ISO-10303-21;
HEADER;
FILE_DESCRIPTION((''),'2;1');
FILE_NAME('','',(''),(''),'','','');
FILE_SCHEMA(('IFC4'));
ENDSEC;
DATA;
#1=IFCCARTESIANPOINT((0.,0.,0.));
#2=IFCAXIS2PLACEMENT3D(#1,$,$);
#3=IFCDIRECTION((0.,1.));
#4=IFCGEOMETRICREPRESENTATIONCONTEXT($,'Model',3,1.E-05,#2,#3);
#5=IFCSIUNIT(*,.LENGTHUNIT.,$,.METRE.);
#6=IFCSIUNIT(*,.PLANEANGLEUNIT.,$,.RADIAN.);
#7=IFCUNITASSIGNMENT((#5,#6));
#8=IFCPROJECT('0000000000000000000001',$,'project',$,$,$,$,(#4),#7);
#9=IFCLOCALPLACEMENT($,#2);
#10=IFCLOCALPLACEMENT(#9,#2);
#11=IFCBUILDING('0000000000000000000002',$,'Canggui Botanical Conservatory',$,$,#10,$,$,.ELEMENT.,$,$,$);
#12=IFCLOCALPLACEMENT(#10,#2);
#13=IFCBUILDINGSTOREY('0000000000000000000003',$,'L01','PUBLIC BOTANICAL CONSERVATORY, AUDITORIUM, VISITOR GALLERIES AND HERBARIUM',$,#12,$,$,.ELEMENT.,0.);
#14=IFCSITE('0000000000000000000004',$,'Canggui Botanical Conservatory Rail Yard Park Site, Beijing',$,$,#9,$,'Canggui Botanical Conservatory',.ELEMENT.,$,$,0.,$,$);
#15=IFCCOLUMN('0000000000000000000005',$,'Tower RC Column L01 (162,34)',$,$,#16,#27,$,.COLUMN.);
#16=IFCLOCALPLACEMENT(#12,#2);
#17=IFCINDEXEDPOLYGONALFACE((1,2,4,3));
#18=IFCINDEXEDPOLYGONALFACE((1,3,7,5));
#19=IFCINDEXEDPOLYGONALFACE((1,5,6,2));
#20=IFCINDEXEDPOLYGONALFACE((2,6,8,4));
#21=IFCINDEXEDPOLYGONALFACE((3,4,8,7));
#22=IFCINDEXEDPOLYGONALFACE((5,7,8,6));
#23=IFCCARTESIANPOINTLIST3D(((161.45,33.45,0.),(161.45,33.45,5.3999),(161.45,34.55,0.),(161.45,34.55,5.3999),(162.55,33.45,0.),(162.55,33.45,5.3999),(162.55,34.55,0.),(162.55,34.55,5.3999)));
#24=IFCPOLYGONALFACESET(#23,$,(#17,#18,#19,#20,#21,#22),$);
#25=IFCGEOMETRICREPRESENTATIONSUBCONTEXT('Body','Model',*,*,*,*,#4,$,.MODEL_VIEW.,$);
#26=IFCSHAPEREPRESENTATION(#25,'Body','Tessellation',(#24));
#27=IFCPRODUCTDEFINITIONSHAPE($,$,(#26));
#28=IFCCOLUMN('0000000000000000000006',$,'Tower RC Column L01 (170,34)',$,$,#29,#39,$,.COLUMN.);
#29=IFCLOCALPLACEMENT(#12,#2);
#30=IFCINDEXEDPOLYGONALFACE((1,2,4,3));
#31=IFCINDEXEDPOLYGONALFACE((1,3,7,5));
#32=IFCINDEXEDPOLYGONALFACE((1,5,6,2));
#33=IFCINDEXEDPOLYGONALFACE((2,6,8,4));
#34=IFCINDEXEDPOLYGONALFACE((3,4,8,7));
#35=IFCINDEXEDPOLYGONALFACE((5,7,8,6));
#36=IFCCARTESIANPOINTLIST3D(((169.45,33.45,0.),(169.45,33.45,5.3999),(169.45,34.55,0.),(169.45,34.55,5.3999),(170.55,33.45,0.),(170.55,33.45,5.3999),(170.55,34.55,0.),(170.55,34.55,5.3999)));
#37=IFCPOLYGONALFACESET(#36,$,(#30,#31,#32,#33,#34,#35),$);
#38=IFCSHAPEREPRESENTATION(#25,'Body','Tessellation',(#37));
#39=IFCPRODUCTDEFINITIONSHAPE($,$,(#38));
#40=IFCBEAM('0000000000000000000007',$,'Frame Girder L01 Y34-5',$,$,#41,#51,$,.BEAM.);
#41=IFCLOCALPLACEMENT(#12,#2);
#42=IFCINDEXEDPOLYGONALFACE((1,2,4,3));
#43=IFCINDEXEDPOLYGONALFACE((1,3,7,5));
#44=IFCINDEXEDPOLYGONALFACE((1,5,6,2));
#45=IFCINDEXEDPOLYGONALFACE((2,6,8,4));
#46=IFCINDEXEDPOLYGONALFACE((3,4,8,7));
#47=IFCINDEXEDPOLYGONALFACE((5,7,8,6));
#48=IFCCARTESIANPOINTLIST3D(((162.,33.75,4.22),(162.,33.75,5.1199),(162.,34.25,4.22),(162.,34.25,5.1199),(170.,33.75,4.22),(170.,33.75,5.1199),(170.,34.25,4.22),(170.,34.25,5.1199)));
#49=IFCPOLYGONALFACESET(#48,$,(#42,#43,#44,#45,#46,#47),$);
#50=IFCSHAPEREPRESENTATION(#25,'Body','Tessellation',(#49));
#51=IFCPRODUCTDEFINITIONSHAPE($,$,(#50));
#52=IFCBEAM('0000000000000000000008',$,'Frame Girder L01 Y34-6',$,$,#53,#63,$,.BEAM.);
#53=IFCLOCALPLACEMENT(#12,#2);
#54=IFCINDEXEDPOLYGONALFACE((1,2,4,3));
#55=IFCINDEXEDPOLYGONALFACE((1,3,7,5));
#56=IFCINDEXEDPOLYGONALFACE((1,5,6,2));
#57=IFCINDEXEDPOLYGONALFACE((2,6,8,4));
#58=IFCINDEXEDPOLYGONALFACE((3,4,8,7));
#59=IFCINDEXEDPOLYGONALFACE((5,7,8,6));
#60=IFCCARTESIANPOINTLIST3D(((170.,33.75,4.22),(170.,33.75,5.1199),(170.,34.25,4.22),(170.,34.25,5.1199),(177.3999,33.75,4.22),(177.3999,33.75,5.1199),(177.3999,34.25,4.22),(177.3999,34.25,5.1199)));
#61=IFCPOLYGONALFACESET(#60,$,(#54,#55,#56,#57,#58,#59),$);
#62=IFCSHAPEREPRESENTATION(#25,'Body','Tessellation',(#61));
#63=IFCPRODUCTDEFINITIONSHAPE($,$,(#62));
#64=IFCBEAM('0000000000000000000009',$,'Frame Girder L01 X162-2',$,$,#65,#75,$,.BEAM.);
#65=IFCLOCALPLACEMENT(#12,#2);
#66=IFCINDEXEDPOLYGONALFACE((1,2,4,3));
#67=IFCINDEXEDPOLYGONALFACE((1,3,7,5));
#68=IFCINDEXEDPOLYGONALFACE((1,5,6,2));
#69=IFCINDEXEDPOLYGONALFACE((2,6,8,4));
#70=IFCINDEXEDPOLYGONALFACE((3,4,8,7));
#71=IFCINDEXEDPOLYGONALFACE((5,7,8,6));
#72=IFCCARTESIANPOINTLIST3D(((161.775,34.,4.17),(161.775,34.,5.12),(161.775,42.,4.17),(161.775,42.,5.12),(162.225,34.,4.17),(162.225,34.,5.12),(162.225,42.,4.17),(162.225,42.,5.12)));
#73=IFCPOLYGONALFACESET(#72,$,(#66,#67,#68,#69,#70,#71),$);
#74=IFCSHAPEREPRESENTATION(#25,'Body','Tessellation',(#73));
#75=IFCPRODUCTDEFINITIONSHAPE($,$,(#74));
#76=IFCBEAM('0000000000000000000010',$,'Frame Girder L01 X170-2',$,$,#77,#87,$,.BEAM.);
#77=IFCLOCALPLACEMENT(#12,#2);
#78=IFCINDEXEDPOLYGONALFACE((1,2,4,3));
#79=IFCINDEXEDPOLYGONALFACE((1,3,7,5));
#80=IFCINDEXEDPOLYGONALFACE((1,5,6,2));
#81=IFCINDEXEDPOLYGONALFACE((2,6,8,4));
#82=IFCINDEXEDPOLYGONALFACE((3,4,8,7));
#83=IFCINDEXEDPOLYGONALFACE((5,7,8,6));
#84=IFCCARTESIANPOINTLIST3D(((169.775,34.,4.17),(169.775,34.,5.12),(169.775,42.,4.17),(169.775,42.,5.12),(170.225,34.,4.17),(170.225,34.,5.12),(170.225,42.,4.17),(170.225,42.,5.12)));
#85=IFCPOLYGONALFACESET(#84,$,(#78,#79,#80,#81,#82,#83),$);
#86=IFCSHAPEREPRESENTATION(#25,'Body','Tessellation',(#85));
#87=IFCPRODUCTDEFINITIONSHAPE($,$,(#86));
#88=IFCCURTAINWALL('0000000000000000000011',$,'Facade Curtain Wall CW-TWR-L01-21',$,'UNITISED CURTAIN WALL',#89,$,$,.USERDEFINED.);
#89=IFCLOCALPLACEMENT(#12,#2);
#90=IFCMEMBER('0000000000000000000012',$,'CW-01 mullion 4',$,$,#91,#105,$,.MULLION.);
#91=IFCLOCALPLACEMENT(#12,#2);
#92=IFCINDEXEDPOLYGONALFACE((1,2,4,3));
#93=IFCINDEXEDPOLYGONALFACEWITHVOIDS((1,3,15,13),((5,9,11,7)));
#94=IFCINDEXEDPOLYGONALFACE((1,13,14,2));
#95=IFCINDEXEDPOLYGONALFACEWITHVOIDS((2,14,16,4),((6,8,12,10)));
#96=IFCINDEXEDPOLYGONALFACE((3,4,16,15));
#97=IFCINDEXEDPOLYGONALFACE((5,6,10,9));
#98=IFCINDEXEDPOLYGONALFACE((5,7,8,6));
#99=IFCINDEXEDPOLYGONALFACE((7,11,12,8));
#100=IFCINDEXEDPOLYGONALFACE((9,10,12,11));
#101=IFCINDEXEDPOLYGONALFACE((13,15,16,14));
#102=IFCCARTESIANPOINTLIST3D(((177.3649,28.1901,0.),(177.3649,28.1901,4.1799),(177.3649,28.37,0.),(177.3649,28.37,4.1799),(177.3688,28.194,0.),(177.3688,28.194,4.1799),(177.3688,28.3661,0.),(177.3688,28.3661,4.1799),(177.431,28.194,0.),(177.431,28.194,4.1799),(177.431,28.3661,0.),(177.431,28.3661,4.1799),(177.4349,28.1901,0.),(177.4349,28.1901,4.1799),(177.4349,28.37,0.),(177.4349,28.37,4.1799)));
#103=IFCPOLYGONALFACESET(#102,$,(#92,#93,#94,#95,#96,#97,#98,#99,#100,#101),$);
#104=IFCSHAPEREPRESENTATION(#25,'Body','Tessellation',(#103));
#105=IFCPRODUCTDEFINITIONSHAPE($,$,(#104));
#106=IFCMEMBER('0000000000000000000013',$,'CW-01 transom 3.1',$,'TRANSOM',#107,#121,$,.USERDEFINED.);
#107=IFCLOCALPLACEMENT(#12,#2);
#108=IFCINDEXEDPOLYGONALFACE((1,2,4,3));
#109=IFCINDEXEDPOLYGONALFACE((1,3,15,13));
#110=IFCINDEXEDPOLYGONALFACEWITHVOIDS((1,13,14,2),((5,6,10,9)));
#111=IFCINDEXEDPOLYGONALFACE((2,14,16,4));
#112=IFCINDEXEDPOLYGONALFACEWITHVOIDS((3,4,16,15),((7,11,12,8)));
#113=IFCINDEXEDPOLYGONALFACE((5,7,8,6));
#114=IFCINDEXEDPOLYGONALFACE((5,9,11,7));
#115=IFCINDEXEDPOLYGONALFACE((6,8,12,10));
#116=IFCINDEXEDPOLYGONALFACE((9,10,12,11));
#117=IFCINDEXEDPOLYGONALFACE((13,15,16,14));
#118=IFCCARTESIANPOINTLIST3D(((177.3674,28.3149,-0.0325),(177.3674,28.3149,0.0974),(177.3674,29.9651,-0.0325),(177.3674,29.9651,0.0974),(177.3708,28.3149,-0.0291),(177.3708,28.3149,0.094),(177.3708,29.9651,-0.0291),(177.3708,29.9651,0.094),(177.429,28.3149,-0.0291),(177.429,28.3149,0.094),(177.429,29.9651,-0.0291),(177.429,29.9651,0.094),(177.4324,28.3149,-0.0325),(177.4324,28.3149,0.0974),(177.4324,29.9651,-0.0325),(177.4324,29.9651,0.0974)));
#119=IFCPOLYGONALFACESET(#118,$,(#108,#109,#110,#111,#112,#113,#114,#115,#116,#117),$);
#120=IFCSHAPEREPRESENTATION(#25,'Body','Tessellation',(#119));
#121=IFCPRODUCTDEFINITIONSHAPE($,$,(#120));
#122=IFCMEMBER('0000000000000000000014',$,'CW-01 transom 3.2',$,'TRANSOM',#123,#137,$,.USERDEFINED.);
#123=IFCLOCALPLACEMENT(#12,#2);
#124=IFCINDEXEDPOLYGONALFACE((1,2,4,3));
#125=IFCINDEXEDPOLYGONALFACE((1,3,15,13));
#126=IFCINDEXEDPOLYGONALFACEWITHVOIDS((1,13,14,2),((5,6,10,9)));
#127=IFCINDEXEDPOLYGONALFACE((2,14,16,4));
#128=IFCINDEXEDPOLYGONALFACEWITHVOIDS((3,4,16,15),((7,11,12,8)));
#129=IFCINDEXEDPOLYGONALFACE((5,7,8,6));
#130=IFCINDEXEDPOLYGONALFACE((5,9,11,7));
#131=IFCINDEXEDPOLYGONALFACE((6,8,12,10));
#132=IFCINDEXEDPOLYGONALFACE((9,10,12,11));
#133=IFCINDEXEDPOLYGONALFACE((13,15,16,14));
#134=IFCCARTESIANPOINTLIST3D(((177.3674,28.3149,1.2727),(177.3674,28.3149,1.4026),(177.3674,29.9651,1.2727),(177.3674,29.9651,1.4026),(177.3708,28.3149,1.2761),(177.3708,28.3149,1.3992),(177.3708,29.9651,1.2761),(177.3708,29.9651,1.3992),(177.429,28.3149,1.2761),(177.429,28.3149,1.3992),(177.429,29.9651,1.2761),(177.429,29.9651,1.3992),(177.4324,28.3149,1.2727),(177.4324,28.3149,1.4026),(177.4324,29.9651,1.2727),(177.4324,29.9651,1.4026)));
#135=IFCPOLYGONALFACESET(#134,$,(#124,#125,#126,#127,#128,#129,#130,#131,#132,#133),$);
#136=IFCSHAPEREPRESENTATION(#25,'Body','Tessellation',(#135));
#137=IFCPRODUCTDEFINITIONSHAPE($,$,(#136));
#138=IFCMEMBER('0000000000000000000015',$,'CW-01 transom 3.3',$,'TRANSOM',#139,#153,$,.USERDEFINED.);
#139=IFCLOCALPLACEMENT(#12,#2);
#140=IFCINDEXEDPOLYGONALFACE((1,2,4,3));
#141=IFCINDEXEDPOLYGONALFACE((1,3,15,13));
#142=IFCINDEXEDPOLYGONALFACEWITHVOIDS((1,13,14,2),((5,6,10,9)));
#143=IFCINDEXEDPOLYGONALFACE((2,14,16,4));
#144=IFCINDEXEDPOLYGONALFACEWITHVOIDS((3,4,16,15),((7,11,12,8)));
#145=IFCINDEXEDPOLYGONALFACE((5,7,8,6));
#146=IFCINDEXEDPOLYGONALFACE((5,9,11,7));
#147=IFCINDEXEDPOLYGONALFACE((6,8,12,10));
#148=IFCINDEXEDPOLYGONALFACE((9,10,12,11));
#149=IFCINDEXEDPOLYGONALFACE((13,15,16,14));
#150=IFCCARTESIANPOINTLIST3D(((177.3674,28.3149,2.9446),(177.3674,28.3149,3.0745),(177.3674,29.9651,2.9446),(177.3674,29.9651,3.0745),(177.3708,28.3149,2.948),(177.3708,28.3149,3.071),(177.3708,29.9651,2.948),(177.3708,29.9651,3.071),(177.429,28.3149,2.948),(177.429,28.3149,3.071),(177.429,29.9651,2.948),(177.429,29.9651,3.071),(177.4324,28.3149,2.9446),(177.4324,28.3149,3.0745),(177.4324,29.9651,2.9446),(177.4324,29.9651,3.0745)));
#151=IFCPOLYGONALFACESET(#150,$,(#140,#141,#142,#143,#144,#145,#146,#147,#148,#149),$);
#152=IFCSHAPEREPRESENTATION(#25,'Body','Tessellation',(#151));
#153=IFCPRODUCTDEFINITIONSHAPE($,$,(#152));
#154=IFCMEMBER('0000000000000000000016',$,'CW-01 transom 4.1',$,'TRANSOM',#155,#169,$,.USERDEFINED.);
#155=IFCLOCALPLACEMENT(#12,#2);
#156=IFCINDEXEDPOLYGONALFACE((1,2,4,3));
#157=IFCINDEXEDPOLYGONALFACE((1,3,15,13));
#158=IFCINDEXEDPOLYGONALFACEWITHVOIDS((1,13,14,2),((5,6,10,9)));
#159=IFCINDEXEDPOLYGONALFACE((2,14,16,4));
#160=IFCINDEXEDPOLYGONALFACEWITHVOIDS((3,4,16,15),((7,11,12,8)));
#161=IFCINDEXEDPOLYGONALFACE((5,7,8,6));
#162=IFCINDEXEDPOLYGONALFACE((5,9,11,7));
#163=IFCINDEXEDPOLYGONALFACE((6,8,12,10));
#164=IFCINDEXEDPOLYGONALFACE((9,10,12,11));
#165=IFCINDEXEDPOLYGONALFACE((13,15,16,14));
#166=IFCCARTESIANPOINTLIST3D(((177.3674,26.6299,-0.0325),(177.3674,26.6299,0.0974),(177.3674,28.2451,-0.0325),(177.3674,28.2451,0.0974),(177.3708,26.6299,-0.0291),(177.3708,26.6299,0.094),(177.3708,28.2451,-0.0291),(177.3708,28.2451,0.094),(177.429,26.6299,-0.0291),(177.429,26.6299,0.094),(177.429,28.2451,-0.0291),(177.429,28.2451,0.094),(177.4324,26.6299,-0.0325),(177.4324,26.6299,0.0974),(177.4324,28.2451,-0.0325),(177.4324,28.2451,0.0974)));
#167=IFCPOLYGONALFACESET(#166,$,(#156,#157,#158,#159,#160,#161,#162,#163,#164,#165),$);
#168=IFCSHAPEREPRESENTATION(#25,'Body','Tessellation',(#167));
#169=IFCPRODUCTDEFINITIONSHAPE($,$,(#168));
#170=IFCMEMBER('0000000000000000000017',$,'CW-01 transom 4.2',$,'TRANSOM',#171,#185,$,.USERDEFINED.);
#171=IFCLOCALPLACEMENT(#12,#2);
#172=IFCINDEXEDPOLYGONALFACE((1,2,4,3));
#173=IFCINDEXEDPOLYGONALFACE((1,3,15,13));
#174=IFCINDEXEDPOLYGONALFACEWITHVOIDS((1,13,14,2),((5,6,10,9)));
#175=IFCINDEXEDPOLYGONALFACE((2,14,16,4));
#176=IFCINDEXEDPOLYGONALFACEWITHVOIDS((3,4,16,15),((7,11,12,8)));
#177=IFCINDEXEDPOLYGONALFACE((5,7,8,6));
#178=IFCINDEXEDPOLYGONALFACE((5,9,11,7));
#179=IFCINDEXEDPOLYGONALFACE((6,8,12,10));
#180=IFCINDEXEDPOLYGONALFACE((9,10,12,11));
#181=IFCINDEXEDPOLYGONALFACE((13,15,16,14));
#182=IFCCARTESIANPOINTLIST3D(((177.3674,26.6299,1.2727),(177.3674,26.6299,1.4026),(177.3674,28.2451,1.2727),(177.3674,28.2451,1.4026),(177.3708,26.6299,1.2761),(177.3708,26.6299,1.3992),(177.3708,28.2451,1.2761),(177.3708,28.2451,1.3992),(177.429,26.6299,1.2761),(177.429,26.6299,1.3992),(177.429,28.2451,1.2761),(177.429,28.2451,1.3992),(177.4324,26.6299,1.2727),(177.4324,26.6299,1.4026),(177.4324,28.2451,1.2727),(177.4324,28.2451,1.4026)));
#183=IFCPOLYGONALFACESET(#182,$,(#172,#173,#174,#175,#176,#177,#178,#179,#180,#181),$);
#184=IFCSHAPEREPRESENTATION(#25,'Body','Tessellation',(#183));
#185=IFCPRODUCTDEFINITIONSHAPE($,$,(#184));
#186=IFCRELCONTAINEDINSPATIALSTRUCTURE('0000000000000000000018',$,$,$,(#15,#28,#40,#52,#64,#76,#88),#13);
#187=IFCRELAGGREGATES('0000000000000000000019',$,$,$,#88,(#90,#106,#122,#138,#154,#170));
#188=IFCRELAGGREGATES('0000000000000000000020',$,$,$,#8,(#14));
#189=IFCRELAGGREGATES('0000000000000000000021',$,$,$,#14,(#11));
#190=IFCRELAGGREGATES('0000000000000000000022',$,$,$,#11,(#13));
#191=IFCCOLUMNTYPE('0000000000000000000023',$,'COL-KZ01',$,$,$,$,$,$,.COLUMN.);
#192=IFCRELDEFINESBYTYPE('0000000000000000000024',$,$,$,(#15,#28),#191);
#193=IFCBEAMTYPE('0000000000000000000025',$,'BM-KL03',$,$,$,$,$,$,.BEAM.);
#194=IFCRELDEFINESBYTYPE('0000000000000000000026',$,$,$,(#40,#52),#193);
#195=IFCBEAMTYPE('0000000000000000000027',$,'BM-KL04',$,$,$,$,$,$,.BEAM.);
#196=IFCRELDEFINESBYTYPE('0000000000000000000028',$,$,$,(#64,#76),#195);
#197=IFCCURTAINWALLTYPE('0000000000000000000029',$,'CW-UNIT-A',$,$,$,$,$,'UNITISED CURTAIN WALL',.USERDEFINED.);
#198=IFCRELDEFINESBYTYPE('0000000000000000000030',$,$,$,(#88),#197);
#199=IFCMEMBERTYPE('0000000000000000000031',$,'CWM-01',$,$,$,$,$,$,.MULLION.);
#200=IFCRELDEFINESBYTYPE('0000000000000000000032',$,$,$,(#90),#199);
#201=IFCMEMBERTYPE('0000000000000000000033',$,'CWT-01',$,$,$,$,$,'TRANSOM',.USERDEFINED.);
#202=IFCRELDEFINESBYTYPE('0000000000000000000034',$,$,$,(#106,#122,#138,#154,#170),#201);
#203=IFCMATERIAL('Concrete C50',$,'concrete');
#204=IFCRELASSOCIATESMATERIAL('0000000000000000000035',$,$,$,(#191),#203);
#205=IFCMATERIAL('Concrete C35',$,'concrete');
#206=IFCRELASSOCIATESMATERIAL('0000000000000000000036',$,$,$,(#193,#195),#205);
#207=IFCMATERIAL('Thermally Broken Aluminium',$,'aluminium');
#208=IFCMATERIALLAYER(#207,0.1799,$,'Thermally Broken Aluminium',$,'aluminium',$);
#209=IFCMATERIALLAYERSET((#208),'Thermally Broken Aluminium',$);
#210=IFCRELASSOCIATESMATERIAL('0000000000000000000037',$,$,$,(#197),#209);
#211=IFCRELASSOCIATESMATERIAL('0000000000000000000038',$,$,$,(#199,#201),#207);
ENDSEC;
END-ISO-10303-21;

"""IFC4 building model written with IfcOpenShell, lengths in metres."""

from ifc_helpers import new_model, si_unit, direction, frame, origin, origin_2d, place, context, subcontext, project, spatial, rectangle, hollow_rectangle, extrude, material, layer, layer_set, material_profile, profile_set, type_object, element, aggregate, save


model = new_model("IFC4")

# Units and contexts
model_context = context("Model", 3, precision=1e-05, world=origin(), true_north=direction((0.0, 1.0)))
body_context = subcontext(model_context, "Body", "Model", "MODEL_VIEW")
ifc_project = project(units=[si_unit("LENGTHUNIT", "METRE"), si_unit("PLANEANGLEUNIT", "RADIAN")], contexts=[model_context])

# Site, building, storey
site_placement = place(None, origin())
site = spatial("IfcSite", under=ifc_project, at=site_placement, Name="Canggui Botanical Conservatory Rail Yard Park Site, Beijing", LongName="Canggui Botanical Conservatory", CompositionType="ELEMENT", RefElevation=0.0)
building_placement = place(site_placement, origin())
building = spatial("IfcBuilding", under=site, at=building_placement, Name="Canggui Botanical Conservatory", CompositionType="ELEMENT")
storey_placement = place(building_placement, origin())
storey = spatial("IfcBuildingStorey", under=building, at=storey_placement, Name="L01", Description="PUBLIC BOTANICAL CONSERVATORY, AUDITORIUM, VISITOR GALLERIES AND HERBARIUM", CompositionType="ELEMENT", Elevation=0.0)

# Columns
ifc_material_1 = material(Name="Concrete C50", Category="concrete")
ifc_material_profile_1 = material_profile(ifc_material_1, rectangle(XDim=1.1001, YDim=1.1001, at=origin_2d()), Name="RC 1100x1100")
ifc_profile_set_1 = profile_set([ifc_material_profile_1], Name="Concrete C50")
column_type = type_object("IfcColumnType", Name="COL-KZ01", PredefinedType="COLUMN", material=ifc_profile_set_1)
for number, where, z_axis, x_axis, name in (
    (1, (162.0, 34.0, 0.0), (0.0, 0.0, 1.0), (1.0, 0.0, 0.0), "Tower RC Column L01 (162,34)"),
    (2, (170.0, 34.0, 0.0), (0.0, 0.0, 1.0), (1.0, 0.0, 0.0), "Tower RC Column L01 (170,34)"),
):
    element("IfcColumn", number, at=place(storey_placement, frame(where, z_axis=z_axis, x_axis=x_axis)), inside=storey, type_object=column_type, Name=name, PredefinedType="COLUMN", context=body_context, shape_type="SweptSolid", body=[
        extrude(rectangle(XDim=1.1001, YDim=1.1001, at=origin_2d()), origin(), (0.0, 0.0, 1.0), 5.3999),
    ])

# Beams
ifc_material_2 = material(Name="Concrete C35", Category="concrete")
ifc_material_profile_2 = material_profile(ifc_material_2, rectangle(XDim=0.5, YDim=0.8999, at=origin_2d()), Name="RB 500x900")
ifc_profile_set_2 = profile_set([ifc_material_profile_2], Name="Concrete C35")
beam_type_1 = type_object("IfcBeamType", Name="BM-KL03", PredefinedType="BEAM", material=ifc_profile_set_2)
beam_1_placement = place(storey_placement, frame((162.0, 34.0, 4.6699), z_axis=(1.0, 0.0, 0.0), x_axis=(0.0, 1.0, 0.0)))
element("IfcBeam", 3, at=beam_1_placement, inside=storey, type_object=beam_type_1, Name="Frame Girder L01 Y34-5", PredefinedType="BEAM", context=body_context, shape_type="SweptSolid", body=[
    extrude(rectangle(XDim=0.5, YDim=0.8999, at=origin_2d()), origin(), (0.0, 0.0, 1.0), 8.0),
])
beam_2_placement = place(storey_placement, frame((170.0, 34.0, 4.6699), z_axis=(1.0, 0.0, 0.0), x_axis=(0.0, 1.0, 0.0)))
element("IfcBeam", 4, at=beam_2_placement, inside=storey, type_object=beam_type_1, Name="Frame Girder L01 Y34-6", PredefinedType="BEAM", context=body_context, shape_type="SweptSolid", body=[
    extrude(rectangle(XDim=0.5, YDim=0.8999, at=origin_2d()), origin(), (0.0, 0.0, 1.0), 7.3999),
])
ifc_material_profile_3 = material_profile(ifc_material_2, rectangle(XDim=0.45, YDim=0.95, at=origin_2d()), Name="RB 450x950")
ifc_profile_set_3 = profile_set([ifc_material_profile_3], Name="Concrete C35")
beam_type_2 = type_object("IfcBeamType", Name="BM-KL04", PredefinedType="BEAM", material=ifc_profile_set_3)
for number, where, z_axis, x_axis, name in (
    (5, (162.0, 34.0, 4.645), (0.0, 1.0, 0.0), (-1.0, 0.0, 0.0), "Frame Girder L01 X162-2"),
    (6, (170.0, 34.0, 4.645), (0.0, 1.0, 0.0), (-1.0, 0.0, 0.0), "Frame Girder L01 X170-2"),
):
    element("IfcBeam", number, at=place(storey_placement, frame(where, z_axis=z_axis, x_axis=x_axis)), inside=storey, type_object=beam_type_2, Name=name, PredefinedType="BEAM", context=body_context, shape_type="SweptSolid", body=[
        extrude(rectangle(XDim=0.45, YDim=0.95, at=origin_2d()), origin(), (0.0, 0.0, 1.0), 8.0),
    ])

# Curtain wall, members
ifc_material_3 = material(Name="Thermally Broken Aluminium", Category="aluminium")
ifc_layer_1 = layer(ifc_material_3, 0.1799, Name="Thermally Broken Aluminium", Category="aluminium")
ifc_layer_set_1 = layer_set([ifc_layer_1], Name="Thermally Broken Aluminium")
curtain_wall_type = type_object("IfcCurtainWallType", Name="CW-UNIT-A", ElementType="UNITISED CURTAIN WALL", PredefinedType="USERDEFINED", material=ifc_layer_set_1)
curtain_wall_placement = place(storey_placement, origin())
curtain_wall = element("IfcCurtainWall", 7, at=curtain_wall_placement, inside=storey, type_object=curtain_wall_type, Name="Facade Curtain Wall CW-TWR-L01-21", ObjectType="UNITISED CURTAIN WALL", PredefinedType="USERDEFINED")
ifc_material_profile_4 = material_profile(ifc_material_3, hollow_rectangle(XDim=0.0701, YDim=0.1799, WallThickness=0.0039, at=origin_2d()), Name="CWM 70x180x4")
ifc_profile_set_4 = profile_set([ifc_material_profile_4], Name="Thermally Broken Aluminium")
member_type_1 = type_object("IfcMemberType", Name="CWM-01", PredefinedType="MULLION", material=ifc_profile_set_4)
member_1_placement = place(storey_placement, frame((177.3999, 28.28, 0.0), z_axis=(0.0, 0.0, 1.0), x_axis=(1.0, 0.0, 0.0)))
member_1 = element("IfcMember", 8, at=member_1_placement, type_object=member_type_1, Name="CW-01 mullion 4", PredefinedType="MULLION", context=body_context, shape_type="SweptSolid", body=[
    extrude(hollow_rectangle(XDim=0.0701, YDim=0.1799, WallThickness=0.0039, at=origin_2d()), origin(), (0.0, 0.0, 1.0), 4.1799),
])
ifc_material_profile_5 = material_profile(ifc_material_3, hollow_rectangle(XDim=0.0649, YDim=0.1299, WallThickness=0.0034, at=origin_2d()), Name="CWT 65x130x3.5")
ifc_profile_set_5 = profile_set([ifc_material_profile_5], Name="Thermally Broken Aluminium")
member_type_2 = type_object("IfcMemberType", Name="CWT-01", ElementType="TRANSOM", PredefinedType="USERDEFINED", material=ifc_profile_set_5)
member_2_placement = place(storey_placement, frame((177.3999, 29.9651, 0.0325), z_axis=(0.0, -1.0, 0.0), x_axis=(1.0, 0.0, 0.0)))
member_2 = element("IfcMember", 9, at=member_2_placement, type_object=member_type_2, Name="CW-01 transom 3.1", ObjectType="TRANSOM", PredefinedType="USERDEFINED", context=body_context, shape_type="SweptSolid", body=[
    extrude(hollow_rectangle(XDim=0.0649, YDim=0.1299, WallThickness=0.0034, at=origin_2d()), origin(), (0.0, 0.0, 1.0), 1.6501),
])
member_3_placement = place(storey_placement, frame((177.3999, 29.9651, 1.3376), z_axis=(0.0, -1.0, 0.0), x_axis=(1.0, 0.0, 0.0)))
member_3 = element("IfcMember", 10, at=member_3_placement, type_object=member_type_2, Name="CW-01 transom 3.2", ObjectType="TRANSOM", PredefinedType="USERDEFINED", context=body_context, shape_type="SweptSolid", body=[
    extrude(hollow_rectangle(XDim=0.0649, YDim=0.1299, WallThickness=0.0034, at=origin_2d()), origin(), (0.0, 0.0, 1.0), 1.6501),
])
member_4_placement = place(storey_placement, frame((177.3999, 29.9651, 3.0095), z_axis=(0.0, -1.0, 0.0), x_axis=(1.0, 0.0, 0.0)))
member_4 = element("IfcMember", 11, at=member_4_placement, type_object=member_type_2, Name="CW-01 transom 3.3", ObjectType="TRANSOM", PredefinedType="USERDEFINED", context=body_context, shape_type="SweptSolid", body=[
    extrude(hollow_rectangle(XDim=0.0649, YDim=0.1299, WallThickness=0.0034, at=origin_2d()), origin(), (0.0, 0.0, 1.0), 1.6501),
])
member_5_placement = place(storey_placement, frame((177.3999, 28.2451, 0.0325), z_axis=(0.0, -1.0, 0.0), x_axis=(1.0, 0.0, 0.0)))
member_5 = element("IfcMember", 12, at=member_5_placement, type_object=member_type_2, Name="CW-01 transom 4.1", ObjectType="TRANSOM", PredefinedType="USERDEFINED", context=body_context, shape_type="SweptSolid", body=[
    extrude(hollow_rectangle(XDim=0.0649, YDim=0.1299, WallThickness=0.0034, at=origin_2d()), origin(), (0.0, 0.0, 1.0), 1.6152),
])
member_6_placement = place(storey_placement, frame((177.3999, 28.2451, 1.3376), z_axis=(0.0, -1.0, 0.0), x_axis=(1.0, 0.0, 0.0)))
member_6 = element("IfcMember", 13, at=member_6_placement, type_object=member_type_2, Name="CW-01 transom 4.2", ObjectType="TRANSOM", PredefinedType="USERDEFINED", context=body_context, shape_type="SweptSolid", body=[
    extrude(hollow_rectangle(XDim=0.0649, YDim=0.1299, WallThickness=0.0034, at=origin_2d()), origin(), (0.0, 0.0, 1.0), 1.6152),
])
aggregate(curtain_wall, [member_1, member_2, member_3, member_4, member_5, member_6])

save(model, "model.ifc")
